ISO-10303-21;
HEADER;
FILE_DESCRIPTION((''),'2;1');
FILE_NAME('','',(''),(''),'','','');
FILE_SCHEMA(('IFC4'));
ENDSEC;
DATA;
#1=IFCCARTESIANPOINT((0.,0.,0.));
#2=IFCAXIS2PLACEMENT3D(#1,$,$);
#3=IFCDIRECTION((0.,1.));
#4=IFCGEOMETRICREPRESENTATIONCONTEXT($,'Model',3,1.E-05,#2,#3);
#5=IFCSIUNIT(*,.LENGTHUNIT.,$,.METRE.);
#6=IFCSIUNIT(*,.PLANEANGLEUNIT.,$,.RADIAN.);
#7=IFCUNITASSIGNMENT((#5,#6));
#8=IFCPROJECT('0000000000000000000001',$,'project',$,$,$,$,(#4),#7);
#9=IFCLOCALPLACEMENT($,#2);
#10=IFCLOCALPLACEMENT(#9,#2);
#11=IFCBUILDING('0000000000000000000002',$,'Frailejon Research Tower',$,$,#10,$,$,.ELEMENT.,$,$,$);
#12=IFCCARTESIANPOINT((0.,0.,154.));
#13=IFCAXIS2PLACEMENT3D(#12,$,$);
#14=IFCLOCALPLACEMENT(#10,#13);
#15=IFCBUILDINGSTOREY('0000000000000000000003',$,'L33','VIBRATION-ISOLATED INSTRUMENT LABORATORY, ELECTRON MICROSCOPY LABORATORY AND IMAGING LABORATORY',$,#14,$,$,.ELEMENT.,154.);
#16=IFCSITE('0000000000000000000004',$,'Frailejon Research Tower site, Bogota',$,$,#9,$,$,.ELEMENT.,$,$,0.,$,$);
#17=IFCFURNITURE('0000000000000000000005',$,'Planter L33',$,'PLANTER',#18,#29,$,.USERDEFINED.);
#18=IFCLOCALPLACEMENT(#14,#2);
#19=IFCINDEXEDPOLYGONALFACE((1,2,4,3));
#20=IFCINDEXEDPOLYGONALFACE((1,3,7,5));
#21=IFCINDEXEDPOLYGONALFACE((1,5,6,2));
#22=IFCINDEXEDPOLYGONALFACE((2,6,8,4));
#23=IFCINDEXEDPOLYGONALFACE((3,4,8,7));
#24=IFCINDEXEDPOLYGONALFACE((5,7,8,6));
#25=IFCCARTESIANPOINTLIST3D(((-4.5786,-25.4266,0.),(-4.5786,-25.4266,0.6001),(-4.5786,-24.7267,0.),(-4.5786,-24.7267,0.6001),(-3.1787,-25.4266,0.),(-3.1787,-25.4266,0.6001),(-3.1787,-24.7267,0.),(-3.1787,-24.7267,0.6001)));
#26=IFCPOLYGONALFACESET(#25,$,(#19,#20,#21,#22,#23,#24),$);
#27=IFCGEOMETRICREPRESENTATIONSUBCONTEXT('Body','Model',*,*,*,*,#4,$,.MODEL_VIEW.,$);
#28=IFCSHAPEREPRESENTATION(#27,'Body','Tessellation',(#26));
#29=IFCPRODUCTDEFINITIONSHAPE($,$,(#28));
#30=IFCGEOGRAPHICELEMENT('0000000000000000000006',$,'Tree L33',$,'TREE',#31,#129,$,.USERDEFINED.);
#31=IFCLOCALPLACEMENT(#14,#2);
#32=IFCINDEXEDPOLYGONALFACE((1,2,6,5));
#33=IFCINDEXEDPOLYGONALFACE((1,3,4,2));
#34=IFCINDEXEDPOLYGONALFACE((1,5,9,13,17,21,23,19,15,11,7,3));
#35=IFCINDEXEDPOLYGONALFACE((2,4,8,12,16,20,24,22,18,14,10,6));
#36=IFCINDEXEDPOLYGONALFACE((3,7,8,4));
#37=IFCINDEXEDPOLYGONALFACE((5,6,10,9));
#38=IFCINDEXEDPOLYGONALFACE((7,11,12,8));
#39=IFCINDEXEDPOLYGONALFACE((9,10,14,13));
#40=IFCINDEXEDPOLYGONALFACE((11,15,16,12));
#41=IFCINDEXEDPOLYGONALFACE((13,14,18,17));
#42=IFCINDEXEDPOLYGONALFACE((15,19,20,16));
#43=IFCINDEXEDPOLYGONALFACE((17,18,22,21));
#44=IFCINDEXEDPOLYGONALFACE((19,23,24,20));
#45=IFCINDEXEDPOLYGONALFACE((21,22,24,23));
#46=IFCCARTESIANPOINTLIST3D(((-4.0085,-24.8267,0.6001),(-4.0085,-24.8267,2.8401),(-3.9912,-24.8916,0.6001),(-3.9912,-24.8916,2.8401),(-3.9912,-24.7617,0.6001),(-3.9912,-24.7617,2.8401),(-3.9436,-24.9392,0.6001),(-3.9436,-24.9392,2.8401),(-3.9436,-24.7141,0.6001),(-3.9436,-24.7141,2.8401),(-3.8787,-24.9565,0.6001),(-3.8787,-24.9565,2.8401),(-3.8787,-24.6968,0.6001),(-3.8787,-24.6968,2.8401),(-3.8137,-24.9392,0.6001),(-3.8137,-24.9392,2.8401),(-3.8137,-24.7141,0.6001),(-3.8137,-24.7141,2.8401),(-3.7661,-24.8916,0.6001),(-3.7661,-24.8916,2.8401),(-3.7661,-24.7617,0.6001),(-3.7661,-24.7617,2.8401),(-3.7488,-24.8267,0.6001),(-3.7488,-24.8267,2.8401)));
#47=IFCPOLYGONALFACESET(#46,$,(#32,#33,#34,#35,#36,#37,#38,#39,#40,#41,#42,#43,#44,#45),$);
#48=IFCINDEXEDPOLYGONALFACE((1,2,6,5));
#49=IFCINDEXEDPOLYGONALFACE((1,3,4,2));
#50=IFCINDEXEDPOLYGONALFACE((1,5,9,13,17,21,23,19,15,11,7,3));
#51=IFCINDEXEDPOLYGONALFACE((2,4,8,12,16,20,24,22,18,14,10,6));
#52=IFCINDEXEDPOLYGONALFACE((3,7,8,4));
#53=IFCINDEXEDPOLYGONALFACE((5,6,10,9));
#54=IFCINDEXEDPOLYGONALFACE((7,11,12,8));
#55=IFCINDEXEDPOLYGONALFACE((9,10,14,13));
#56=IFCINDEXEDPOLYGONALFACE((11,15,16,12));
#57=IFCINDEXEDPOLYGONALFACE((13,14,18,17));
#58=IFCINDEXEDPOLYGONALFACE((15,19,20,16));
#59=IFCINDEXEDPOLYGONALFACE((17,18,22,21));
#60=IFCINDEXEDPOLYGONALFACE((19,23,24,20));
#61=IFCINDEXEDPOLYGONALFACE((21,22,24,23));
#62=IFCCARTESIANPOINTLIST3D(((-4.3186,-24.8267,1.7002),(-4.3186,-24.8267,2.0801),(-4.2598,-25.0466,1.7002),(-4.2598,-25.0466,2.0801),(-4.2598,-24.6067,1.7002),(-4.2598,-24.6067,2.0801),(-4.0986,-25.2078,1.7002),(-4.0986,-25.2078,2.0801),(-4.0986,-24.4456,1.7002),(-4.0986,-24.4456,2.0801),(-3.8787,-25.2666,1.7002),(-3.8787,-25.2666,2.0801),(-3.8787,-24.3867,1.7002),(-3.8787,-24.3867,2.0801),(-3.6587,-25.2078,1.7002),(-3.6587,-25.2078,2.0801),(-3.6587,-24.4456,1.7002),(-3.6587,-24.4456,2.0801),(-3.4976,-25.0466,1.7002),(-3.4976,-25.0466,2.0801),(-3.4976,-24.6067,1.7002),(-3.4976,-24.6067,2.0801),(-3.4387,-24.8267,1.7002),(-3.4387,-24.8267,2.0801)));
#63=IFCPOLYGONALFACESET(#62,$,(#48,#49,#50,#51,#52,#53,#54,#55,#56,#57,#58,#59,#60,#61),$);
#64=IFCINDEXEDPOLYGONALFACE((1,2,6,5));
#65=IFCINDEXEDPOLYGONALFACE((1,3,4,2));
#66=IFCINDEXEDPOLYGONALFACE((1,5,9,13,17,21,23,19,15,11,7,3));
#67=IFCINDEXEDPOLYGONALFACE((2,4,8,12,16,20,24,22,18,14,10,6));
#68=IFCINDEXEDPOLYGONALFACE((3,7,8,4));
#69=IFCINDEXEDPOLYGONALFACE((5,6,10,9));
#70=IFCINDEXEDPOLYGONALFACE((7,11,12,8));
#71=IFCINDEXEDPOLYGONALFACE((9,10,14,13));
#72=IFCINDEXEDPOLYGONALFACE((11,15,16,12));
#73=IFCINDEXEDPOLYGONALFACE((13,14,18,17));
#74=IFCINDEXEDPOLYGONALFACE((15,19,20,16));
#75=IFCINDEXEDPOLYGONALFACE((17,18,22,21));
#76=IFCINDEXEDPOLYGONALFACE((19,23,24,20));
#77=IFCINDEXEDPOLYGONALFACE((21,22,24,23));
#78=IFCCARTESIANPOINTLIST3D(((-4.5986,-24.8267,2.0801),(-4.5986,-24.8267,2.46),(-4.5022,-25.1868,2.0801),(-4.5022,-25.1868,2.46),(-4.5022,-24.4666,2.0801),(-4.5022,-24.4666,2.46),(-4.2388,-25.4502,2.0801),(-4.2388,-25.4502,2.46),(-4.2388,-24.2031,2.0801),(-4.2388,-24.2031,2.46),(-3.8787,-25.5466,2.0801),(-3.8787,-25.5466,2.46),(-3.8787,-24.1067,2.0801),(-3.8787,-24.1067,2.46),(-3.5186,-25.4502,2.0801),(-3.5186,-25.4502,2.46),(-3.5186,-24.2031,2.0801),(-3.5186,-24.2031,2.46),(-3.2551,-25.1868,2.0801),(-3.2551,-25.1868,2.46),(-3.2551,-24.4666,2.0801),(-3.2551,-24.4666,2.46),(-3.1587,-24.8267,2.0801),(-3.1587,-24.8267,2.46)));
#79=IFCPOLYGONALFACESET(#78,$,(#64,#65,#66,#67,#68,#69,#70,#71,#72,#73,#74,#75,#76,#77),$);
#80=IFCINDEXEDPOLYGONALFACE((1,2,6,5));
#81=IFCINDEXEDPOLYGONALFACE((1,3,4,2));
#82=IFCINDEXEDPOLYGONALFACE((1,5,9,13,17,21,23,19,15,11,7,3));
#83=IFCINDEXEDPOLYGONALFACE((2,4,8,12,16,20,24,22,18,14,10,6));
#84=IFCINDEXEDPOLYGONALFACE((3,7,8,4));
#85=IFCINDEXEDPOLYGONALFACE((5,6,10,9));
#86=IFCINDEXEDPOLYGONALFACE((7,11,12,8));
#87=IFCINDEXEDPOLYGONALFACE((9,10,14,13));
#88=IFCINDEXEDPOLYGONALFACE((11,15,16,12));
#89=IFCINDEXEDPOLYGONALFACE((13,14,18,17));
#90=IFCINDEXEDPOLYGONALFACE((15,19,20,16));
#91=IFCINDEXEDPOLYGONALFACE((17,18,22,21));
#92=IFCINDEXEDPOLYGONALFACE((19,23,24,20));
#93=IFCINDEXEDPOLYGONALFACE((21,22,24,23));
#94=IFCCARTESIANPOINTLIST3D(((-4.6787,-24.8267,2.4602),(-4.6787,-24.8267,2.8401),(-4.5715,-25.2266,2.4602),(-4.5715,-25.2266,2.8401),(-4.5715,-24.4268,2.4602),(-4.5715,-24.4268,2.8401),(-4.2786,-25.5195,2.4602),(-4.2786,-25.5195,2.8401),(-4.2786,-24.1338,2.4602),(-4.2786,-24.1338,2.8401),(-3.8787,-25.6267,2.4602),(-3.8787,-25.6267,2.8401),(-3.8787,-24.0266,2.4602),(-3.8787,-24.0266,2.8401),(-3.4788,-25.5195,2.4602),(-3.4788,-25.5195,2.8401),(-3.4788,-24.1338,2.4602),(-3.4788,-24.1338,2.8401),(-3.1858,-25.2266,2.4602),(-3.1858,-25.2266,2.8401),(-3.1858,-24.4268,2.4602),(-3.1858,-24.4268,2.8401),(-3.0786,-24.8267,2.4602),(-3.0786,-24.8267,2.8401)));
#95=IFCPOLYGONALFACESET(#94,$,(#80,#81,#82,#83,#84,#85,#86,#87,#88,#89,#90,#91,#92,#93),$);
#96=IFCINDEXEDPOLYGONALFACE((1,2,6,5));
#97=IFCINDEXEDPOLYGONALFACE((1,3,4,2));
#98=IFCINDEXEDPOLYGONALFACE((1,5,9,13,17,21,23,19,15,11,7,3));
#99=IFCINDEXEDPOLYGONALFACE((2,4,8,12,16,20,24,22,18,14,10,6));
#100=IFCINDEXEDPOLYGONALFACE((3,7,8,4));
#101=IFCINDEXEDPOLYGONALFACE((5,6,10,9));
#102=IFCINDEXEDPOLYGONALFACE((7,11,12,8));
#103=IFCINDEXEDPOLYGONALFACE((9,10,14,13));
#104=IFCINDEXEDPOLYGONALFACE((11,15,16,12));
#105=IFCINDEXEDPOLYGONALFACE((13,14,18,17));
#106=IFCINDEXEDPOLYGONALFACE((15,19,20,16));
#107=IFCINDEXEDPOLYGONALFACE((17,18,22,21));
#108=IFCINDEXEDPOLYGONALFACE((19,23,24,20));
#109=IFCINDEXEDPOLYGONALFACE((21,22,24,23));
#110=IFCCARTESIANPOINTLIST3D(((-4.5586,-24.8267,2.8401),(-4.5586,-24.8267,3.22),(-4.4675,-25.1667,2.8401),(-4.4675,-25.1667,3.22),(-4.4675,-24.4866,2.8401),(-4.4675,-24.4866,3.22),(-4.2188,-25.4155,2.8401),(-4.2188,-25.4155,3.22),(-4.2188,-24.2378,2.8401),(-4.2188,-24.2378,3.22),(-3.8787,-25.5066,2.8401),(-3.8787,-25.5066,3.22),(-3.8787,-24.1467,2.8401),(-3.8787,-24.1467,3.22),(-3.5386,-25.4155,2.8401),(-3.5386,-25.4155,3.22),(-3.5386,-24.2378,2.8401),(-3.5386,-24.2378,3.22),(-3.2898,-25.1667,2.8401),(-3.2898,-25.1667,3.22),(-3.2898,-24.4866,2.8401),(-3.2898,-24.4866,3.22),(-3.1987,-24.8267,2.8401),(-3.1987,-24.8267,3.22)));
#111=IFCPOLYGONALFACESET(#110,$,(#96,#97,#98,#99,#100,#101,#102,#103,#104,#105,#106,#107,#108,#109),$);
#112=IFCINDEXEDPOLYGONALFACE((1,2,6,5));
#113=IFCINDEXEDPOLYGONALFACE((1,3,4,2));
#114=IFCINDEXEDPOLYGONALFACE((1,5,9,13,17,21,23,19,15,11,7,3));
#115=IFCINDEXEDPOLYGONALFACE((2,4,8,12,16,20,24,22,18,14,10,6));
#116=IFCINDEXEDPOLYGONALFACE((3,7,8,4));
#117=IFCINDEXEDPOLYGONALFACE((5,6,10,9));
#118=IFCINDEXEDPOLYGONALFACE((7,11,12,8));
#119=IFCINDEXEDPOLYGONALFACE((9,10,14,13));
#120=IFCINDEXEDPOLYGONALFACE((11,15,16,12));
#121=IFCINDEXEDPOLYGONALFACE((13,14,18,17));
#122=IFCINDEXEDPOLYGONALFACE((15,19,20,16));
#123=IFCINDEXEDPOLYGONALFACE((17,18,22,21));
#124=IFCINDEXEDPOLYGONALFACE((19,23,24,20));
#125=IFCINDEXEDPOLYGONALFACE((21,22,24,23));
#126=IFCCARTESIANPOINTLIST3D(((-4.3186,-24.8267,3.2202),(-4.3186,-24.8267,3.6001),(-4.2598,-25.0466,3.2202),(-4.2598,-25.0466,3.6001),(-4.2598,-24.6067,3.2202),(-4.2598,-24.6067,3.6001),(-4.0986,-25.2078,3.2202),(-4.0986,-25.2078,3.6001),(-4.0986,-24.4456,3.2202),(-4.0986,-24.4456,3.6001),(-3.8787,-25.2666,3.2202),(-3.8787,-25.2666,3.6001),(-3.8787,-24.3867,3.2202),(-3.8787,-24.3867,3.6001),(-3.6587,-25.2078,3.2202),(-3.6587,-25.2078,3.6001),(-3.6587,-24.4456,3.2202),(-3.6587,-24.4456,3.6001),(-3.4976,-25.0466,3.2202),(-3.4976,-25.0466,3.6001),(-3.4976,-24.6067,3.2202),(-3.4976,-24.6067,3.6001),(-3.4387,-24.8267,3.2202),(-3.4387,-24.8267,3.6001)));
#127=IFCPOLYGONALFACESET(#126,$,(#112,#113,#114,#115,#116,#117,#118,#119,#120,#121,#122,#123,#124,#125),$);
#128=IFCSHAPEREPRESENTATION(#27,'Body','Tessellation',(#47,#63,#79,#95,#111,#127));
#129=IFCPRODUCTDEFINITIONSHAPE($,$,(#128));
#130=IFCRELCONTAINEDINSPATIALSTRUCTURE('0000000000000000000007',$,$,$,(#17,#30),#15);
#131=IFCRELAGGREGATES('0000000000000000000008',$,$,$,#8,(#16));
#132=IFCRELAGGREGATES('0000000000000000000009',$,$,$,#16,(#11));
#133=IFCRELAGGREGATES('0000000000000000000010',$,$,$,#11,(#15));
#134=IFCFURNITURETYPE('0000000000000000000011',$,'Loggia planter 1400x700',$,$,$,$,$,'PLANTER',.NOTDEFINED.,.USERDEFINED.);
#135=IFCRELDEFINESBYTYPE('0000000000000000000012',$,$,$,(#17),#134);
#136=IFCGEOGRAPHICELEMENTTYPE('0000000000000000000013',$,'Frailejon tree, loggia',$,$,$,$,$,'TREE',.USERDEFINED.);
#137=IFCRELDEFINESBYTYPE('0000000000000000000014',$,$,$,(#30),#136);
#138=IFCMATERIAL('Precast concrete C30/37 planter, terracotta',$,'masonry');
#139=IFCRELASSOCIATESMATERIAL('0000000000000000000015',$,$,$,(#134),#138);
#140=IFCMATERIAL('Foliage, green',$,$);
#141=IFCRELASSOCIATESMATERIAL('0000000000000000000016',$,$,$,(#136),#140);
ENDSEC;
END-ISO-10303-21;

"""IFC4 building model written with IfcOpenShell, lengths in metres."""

from ifc_helpers import new_model, si_unit, direction, frame, origin, origin_2d, place, context, subcontext, project, spatial, polyline, rectangle, outline, extrude, material, type_object, element, save


model = new_model("IFC4")

# Units and contexts
model_context = context("Model", 3, precision=1e-05, world=origin(), true_north=direction((0.0, 1.0)))
body_context = subcontext(model_context, "Body", "Model", "MODEL_VIEW")
ifc_project = project(units=[si_unit("LENGTHUNIT", "METRE"), si_unit("PLANEANGLEUNIT", "RADIAN")], contexts=[model_context])

# Site, building, storey
site_placement = place(None, origin())
site = spatial("IfcSite", under=ifc_project, at=site_placement, Name="Frailejon Research Tower site, Bogota", CompositionType="ELEMENT", RefElevation=0.0)
building_placement = place(site_placement, origin())
building = spatial("IfcBuilding", under=site, at=building_placement, Name="Frailejon Research Tower", CompositionType="ELEMENT")
storey_placement = place(building_placement, frame((0.0, 0.0, 154.0)))
storey = spatial("IfcBuildingStorey", under=building, at=storey_placement, Name="L33", Description="VIBRATION-ISOLATED INSTRUMENT LABORATORY, ELECTRON MICROSCOPY LABORATORY AND IMAGING LABORATORY", CompositionType="ELEMENT", Elevation=154.0)

# Furniture
ifc_material_1 = material(Name="Precast concrete C30/37 planter, terracotta", Category="masonry")
furniture_type = type_object("IfcFurnitureType", Name="Loggia planter 1400x700", ElementType="PLANTER", AssemblyPlace="NOTDEFINED", PredefinedType="USERDEFINED", material=ifc_material_1)
furniture_placement = place(storey_placement, frame((-3.8787, -25.0767, 0.0), z_axis=(0.0, 0.0, 1.0), x_axis=(1.0, 0.0, 0.0)))
element("IfcFurniture", 1, at=furniture_placement, inside=storey, type_object=furniture_type, Name="Planter L33", ObjectType="PLANTER", PredefinedType="USERDEFINED", context=body_context, shape_type="SweptSolid", body=[
    extrude(rectangle(XDim=1.3999, YDim=0.7, at=origin_2d()), origin(), (0.0, 0.0, 1.0), 0.6001),
])

# Geographic element
ifc_material_2 = material(Name="Foliage, green")
geographic_element_type = type_object("IfcGeographicElementType", Name="Frailejon tree, loggia", ElementType="TREE", PredefinedType="USERDEFINED", material=ifc_material_2)
geographic_element_placement = place(storey_placement, frame((-3.8787, -24.8267, 0.6001)))
element("IfcGeographicElement", 2, at=geographic_element_placement, inside=storey, type_object=geographic_element_type, Name="Tree L33", ObjectType="TREE", PredefinedType="USERDEFINED", context=body_context, shape_type="SweptSolid", body=[
    extrude(outline(polyline([(0.1299, 0.0), (0.1125, 0.0649), (0.0649, 0.1125), (0.0, 0.1299), (-0.0649, 0.1125), (-0.1125, 0.0649), (-0.1299, 0.0), (-0.1125, -0.0649), (-0.0649, -0.1125), (0.0, -0.1299), (0.0649, -0.1125), (0.1125, -0.0649), (0.1299, 0.0)])), origin(), (0.0, 0.0, 1.0), 2.24),
    extrude(outline(polyline([(0.4399, 0.0), (0.3811, 0.22), (0.22, 0.3811), (0.0, 0.4399), (-0.22, 0.3811), (-0.3811, 0.22), (-0.4399, 0.0), (-0.3811, -0.22), (-0.22, -0.3811), (0.0, -0.4399), (0.22, -0.3811), (0.3811, -0.22), (0.4399, 0.0)])), frame((0.0, 0.0, 1.1001)), (0.0, 0.0, 1.0), 0.3799),
    extrude(outline(polyline([(0.72, 0.0), (0.6235, 0.3601), (0.3601, 0.6235), (0.0, 0.72), (-0.3601, 0.6235), (-0.6235, 0.3601), (-0.72, 0.0), (-0.6235, -0.3601), (-0.3601, -0.6235), (0.0, -0.72), (0.3601, -0.6235), (0.6235, -0.3601), (0.72, 0.0)])), frame((0.0, 0.0, 1.48)), (0.0, 0.0, 1.0), 0.3799),
    extrude(outline(polyline([(0.8, 0.0), (0.6929, 0.3999), (0.3999, 0.6929), (0.0, 0.8), (-0.3999, 0.6929), (-0.6929, 0.3999), (-0.8, 0.0), (-0.6929, -0.3999), (-0.3999, -0.6929), (0.0, -0.8), (0.3999, -0.6929), (0.6929, -0.3999), (0.8, 0.0)])), frame((0.0, 0.0, 1.8601)), (0.0, 0.0, 1.0), 0.3799),
    extrude(outline(polyline([(0.6799, 0.0), (0.5889, 0.3401), (0.3401, 0.5889), (0.0, 0.6799), (-0.3401, 0.5889), (-0.5889, 0.3401), (-0.6799, 0.0), (-0.5889, -0.3401), (-0.3401, -0.5889), (0.0, -0.6799), (0.3401, -0.5889), (0.5889, -0.3401), (0.6799, 0.0)])), frame((0.0, 0.0, 2.24)), (0.0, 0.0, 1.0), 0.3799),
    extrude(outline(polyline([(0.4399, 0.0), (0.3811, 0.22), (0.22, 0.3811), (0.0, 0.4399), (-0.22, 0.3811), (-0.3811, 0.22), (-0.4399, 0.0), (-0.3811, -0.22), (-0.22, -0.3811), (0.0, -0.4399), (0.22, -0.3811), (0.3811, -0.22), (0.4399, 0.0)])), frame((0.0, 0.0, 2.6201)), (0.0, 0.0, 1.0), 0.3799),
])

save(model, "model.ifc")
